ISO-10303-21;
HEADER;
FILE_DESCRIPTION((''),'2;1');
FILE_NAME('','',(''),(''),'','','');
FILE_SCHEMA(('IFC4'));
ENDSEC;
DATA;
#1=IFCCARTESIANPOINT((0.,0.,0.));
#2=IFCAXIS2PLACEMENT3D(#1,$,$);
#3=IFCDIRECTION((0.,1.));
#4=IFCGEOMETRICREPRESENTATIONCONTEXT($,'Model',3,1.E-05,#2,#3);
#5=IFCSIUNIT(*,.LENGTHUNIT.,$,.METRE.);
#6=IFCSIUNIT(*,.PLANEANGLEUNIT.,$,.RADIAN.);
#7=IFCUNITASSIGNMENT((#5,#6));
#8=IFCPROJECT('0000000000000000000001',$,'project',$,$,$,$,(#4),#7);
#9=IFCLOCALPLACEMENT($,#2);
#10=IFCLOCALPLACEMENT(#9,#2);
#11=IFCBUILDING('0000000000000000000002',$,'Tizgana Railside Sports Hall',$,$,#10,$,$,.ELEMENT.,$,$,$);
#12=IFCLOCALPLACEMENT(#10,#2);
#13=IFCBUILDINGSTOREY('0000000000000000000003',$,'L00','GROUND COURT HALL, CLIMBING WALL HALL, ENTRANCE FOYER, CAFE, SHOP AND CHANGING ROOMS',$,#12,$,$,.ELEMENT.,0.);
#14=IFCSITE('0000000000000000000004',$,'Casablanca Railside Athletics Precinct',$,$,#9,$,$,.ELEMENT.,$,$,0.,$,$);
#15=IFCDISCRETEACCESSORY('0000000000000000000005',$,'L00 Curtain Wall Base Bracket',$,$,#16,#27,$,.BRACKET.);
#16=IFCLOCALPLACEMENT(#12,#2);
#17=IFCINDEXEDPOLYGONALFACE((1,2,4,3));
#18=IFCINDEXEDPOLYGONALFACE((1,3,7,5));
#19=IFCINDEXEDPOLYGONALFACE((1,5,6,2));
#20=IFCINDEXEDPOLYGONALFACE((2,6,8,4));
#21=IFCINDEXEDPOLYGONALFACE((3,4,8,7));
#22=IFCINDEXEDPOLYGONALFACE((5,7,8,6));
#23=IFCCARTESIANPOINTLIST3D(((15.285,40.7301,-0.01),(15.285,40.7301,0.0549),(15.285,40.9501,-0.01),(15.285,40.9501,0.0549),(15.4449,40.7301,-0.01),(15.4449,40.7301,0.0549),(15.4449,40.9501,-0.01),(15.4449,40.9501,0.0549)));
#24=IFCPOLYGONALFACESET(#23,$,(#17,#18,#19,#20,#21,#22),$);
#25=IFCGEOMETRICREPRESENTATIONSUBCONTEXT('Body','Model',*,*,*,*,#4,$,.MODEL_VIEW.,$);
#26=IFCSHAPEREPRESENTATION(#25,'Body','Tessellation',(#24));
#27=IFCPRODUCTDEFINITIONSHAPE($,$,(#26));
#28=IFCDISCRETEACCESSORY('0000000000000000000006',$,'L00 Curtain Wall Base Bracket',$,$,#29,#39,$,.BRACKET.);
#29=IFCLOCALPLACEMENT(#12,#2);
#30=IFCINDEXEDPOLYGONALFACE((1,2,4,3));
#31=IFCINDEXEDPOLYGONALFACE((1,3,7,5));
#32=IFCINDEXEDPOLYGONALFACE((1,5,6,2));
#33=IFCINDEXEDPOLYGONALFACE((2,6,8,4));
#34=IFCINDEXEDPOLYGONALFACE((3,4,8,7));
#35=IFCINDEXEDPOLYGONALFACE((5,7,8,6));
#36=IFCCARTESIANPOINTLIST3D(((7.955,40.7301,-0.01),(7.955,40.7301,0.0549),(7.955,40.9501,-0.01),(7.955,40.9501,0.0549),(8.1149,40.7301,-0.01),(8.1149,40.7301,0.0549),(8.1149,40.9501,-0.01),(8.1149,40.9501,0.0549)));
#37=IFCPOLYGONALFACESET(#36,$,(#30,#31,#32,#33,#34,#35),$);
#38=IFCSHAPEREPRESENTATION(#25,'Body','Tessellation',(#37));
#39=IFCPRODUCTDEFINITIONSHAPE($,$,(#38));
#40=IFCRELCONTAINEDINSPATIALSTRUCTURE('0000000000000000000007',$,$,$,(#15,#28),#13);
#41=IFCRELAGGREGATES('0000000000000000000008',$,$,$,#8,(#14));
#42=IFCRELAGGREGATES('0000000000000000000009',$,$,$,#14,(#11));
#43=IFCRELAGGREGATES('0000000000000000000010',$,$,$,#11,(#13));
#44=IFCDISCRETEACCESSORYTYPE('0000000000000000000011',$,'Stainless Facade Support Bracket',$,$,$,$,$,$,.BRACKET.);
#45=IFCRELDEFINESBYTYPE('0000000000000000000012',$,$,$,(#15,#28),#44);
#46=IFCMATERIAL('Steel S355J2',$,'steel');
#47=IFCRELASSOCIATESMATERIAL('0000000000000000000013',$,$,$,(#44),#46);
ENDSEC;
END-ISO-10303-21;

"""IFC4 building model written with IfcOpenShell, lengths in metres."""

from ifc_helpers import new_model, si_unit, direction, frame, origin, origin_2d, place, context, subcontext, project, spatial, rectangle, extrude, material, type_object, element, save


model = new_model("IFC4")

# Units and contexts
model_context = context("Model", 3, precision=1e-05, world=origin(), true_north=direction((0.0, 1.0)))
body_context = subcontext(model_context, "Body", "Model", "MODEL_VIEW")
ifc_project = project(units=[si_unit("LENGTHUNIT", "METRE"), si_unit("PLANEANGLEUNIT", "RADIAN")], contexts=[model_context])

# Site, building, storey
site_placement = place(None, origin())
site = spatial("IfcSite", under=ifc_project, at=site_placement, Name="Casablanca Railside Athletics Precinct", CompositionType="ELEMENT", RefElevation=0.0)
building_placement = place(site_placement, origin())
building = spatial("IfcBuilding", under=site, at=building_placement, Name="Tizgana Railside Sports Hall", CompositionType="ELEMENT")
storey_placement = place(building_placement, origin())
storey = spatial("IfcBuildingStorey", under=building, at=storey_placement, Name="L00", Description="GROUND COURT HALL, CLIMBING WALL HALL, ENTRANCE FOYER, CAFE, SHOP AND CHANGING ROOMS", CompositionType="ELEMENT", Elevation=0.0)

# Shared definitions
ifc_material_1 = material(Name="Steel S355J2", Category="steel")

# Discrete accessories
discrete_accessory_type = type_object("IfcDiscreteAccessoryType", Name="Stainless Facade Support Bracket", PredefinedType="BRACKET", material=ifc_material_1)
for number, where, z_axis, x_axis, name in (
    (1, (15.365, 40.8401, -0.01), (0.0, 0.0, 1.0), (-1.0, 0.0, 0.0), "L00 Curtain Wall Base Bracket"),
    (2, (8.0349, 40.8401, -0.01), (0.0, 0.0, 1.0), (-1.0, 0.0, 0.0), "L00 Curtain Wall Base Bracket"),
):
    element("IfcDiscreteAccessory", number, at=place(storey_placement, frame(where, z_axis=z_axis, x_axis=x_axis)), inside=storey, type_object=discrete_accessory_type, Name=name, PredefinedType="BRACKET", context=body_context, shape_type="SweptSolid", body=[
        extrude(rectangle(XDim=0.1599, YDim=0.22, at=origin_2d()), origin(), (0.0, 0.0, 1.0), 0.0649),
    ])

save(model, "model.ifc")
